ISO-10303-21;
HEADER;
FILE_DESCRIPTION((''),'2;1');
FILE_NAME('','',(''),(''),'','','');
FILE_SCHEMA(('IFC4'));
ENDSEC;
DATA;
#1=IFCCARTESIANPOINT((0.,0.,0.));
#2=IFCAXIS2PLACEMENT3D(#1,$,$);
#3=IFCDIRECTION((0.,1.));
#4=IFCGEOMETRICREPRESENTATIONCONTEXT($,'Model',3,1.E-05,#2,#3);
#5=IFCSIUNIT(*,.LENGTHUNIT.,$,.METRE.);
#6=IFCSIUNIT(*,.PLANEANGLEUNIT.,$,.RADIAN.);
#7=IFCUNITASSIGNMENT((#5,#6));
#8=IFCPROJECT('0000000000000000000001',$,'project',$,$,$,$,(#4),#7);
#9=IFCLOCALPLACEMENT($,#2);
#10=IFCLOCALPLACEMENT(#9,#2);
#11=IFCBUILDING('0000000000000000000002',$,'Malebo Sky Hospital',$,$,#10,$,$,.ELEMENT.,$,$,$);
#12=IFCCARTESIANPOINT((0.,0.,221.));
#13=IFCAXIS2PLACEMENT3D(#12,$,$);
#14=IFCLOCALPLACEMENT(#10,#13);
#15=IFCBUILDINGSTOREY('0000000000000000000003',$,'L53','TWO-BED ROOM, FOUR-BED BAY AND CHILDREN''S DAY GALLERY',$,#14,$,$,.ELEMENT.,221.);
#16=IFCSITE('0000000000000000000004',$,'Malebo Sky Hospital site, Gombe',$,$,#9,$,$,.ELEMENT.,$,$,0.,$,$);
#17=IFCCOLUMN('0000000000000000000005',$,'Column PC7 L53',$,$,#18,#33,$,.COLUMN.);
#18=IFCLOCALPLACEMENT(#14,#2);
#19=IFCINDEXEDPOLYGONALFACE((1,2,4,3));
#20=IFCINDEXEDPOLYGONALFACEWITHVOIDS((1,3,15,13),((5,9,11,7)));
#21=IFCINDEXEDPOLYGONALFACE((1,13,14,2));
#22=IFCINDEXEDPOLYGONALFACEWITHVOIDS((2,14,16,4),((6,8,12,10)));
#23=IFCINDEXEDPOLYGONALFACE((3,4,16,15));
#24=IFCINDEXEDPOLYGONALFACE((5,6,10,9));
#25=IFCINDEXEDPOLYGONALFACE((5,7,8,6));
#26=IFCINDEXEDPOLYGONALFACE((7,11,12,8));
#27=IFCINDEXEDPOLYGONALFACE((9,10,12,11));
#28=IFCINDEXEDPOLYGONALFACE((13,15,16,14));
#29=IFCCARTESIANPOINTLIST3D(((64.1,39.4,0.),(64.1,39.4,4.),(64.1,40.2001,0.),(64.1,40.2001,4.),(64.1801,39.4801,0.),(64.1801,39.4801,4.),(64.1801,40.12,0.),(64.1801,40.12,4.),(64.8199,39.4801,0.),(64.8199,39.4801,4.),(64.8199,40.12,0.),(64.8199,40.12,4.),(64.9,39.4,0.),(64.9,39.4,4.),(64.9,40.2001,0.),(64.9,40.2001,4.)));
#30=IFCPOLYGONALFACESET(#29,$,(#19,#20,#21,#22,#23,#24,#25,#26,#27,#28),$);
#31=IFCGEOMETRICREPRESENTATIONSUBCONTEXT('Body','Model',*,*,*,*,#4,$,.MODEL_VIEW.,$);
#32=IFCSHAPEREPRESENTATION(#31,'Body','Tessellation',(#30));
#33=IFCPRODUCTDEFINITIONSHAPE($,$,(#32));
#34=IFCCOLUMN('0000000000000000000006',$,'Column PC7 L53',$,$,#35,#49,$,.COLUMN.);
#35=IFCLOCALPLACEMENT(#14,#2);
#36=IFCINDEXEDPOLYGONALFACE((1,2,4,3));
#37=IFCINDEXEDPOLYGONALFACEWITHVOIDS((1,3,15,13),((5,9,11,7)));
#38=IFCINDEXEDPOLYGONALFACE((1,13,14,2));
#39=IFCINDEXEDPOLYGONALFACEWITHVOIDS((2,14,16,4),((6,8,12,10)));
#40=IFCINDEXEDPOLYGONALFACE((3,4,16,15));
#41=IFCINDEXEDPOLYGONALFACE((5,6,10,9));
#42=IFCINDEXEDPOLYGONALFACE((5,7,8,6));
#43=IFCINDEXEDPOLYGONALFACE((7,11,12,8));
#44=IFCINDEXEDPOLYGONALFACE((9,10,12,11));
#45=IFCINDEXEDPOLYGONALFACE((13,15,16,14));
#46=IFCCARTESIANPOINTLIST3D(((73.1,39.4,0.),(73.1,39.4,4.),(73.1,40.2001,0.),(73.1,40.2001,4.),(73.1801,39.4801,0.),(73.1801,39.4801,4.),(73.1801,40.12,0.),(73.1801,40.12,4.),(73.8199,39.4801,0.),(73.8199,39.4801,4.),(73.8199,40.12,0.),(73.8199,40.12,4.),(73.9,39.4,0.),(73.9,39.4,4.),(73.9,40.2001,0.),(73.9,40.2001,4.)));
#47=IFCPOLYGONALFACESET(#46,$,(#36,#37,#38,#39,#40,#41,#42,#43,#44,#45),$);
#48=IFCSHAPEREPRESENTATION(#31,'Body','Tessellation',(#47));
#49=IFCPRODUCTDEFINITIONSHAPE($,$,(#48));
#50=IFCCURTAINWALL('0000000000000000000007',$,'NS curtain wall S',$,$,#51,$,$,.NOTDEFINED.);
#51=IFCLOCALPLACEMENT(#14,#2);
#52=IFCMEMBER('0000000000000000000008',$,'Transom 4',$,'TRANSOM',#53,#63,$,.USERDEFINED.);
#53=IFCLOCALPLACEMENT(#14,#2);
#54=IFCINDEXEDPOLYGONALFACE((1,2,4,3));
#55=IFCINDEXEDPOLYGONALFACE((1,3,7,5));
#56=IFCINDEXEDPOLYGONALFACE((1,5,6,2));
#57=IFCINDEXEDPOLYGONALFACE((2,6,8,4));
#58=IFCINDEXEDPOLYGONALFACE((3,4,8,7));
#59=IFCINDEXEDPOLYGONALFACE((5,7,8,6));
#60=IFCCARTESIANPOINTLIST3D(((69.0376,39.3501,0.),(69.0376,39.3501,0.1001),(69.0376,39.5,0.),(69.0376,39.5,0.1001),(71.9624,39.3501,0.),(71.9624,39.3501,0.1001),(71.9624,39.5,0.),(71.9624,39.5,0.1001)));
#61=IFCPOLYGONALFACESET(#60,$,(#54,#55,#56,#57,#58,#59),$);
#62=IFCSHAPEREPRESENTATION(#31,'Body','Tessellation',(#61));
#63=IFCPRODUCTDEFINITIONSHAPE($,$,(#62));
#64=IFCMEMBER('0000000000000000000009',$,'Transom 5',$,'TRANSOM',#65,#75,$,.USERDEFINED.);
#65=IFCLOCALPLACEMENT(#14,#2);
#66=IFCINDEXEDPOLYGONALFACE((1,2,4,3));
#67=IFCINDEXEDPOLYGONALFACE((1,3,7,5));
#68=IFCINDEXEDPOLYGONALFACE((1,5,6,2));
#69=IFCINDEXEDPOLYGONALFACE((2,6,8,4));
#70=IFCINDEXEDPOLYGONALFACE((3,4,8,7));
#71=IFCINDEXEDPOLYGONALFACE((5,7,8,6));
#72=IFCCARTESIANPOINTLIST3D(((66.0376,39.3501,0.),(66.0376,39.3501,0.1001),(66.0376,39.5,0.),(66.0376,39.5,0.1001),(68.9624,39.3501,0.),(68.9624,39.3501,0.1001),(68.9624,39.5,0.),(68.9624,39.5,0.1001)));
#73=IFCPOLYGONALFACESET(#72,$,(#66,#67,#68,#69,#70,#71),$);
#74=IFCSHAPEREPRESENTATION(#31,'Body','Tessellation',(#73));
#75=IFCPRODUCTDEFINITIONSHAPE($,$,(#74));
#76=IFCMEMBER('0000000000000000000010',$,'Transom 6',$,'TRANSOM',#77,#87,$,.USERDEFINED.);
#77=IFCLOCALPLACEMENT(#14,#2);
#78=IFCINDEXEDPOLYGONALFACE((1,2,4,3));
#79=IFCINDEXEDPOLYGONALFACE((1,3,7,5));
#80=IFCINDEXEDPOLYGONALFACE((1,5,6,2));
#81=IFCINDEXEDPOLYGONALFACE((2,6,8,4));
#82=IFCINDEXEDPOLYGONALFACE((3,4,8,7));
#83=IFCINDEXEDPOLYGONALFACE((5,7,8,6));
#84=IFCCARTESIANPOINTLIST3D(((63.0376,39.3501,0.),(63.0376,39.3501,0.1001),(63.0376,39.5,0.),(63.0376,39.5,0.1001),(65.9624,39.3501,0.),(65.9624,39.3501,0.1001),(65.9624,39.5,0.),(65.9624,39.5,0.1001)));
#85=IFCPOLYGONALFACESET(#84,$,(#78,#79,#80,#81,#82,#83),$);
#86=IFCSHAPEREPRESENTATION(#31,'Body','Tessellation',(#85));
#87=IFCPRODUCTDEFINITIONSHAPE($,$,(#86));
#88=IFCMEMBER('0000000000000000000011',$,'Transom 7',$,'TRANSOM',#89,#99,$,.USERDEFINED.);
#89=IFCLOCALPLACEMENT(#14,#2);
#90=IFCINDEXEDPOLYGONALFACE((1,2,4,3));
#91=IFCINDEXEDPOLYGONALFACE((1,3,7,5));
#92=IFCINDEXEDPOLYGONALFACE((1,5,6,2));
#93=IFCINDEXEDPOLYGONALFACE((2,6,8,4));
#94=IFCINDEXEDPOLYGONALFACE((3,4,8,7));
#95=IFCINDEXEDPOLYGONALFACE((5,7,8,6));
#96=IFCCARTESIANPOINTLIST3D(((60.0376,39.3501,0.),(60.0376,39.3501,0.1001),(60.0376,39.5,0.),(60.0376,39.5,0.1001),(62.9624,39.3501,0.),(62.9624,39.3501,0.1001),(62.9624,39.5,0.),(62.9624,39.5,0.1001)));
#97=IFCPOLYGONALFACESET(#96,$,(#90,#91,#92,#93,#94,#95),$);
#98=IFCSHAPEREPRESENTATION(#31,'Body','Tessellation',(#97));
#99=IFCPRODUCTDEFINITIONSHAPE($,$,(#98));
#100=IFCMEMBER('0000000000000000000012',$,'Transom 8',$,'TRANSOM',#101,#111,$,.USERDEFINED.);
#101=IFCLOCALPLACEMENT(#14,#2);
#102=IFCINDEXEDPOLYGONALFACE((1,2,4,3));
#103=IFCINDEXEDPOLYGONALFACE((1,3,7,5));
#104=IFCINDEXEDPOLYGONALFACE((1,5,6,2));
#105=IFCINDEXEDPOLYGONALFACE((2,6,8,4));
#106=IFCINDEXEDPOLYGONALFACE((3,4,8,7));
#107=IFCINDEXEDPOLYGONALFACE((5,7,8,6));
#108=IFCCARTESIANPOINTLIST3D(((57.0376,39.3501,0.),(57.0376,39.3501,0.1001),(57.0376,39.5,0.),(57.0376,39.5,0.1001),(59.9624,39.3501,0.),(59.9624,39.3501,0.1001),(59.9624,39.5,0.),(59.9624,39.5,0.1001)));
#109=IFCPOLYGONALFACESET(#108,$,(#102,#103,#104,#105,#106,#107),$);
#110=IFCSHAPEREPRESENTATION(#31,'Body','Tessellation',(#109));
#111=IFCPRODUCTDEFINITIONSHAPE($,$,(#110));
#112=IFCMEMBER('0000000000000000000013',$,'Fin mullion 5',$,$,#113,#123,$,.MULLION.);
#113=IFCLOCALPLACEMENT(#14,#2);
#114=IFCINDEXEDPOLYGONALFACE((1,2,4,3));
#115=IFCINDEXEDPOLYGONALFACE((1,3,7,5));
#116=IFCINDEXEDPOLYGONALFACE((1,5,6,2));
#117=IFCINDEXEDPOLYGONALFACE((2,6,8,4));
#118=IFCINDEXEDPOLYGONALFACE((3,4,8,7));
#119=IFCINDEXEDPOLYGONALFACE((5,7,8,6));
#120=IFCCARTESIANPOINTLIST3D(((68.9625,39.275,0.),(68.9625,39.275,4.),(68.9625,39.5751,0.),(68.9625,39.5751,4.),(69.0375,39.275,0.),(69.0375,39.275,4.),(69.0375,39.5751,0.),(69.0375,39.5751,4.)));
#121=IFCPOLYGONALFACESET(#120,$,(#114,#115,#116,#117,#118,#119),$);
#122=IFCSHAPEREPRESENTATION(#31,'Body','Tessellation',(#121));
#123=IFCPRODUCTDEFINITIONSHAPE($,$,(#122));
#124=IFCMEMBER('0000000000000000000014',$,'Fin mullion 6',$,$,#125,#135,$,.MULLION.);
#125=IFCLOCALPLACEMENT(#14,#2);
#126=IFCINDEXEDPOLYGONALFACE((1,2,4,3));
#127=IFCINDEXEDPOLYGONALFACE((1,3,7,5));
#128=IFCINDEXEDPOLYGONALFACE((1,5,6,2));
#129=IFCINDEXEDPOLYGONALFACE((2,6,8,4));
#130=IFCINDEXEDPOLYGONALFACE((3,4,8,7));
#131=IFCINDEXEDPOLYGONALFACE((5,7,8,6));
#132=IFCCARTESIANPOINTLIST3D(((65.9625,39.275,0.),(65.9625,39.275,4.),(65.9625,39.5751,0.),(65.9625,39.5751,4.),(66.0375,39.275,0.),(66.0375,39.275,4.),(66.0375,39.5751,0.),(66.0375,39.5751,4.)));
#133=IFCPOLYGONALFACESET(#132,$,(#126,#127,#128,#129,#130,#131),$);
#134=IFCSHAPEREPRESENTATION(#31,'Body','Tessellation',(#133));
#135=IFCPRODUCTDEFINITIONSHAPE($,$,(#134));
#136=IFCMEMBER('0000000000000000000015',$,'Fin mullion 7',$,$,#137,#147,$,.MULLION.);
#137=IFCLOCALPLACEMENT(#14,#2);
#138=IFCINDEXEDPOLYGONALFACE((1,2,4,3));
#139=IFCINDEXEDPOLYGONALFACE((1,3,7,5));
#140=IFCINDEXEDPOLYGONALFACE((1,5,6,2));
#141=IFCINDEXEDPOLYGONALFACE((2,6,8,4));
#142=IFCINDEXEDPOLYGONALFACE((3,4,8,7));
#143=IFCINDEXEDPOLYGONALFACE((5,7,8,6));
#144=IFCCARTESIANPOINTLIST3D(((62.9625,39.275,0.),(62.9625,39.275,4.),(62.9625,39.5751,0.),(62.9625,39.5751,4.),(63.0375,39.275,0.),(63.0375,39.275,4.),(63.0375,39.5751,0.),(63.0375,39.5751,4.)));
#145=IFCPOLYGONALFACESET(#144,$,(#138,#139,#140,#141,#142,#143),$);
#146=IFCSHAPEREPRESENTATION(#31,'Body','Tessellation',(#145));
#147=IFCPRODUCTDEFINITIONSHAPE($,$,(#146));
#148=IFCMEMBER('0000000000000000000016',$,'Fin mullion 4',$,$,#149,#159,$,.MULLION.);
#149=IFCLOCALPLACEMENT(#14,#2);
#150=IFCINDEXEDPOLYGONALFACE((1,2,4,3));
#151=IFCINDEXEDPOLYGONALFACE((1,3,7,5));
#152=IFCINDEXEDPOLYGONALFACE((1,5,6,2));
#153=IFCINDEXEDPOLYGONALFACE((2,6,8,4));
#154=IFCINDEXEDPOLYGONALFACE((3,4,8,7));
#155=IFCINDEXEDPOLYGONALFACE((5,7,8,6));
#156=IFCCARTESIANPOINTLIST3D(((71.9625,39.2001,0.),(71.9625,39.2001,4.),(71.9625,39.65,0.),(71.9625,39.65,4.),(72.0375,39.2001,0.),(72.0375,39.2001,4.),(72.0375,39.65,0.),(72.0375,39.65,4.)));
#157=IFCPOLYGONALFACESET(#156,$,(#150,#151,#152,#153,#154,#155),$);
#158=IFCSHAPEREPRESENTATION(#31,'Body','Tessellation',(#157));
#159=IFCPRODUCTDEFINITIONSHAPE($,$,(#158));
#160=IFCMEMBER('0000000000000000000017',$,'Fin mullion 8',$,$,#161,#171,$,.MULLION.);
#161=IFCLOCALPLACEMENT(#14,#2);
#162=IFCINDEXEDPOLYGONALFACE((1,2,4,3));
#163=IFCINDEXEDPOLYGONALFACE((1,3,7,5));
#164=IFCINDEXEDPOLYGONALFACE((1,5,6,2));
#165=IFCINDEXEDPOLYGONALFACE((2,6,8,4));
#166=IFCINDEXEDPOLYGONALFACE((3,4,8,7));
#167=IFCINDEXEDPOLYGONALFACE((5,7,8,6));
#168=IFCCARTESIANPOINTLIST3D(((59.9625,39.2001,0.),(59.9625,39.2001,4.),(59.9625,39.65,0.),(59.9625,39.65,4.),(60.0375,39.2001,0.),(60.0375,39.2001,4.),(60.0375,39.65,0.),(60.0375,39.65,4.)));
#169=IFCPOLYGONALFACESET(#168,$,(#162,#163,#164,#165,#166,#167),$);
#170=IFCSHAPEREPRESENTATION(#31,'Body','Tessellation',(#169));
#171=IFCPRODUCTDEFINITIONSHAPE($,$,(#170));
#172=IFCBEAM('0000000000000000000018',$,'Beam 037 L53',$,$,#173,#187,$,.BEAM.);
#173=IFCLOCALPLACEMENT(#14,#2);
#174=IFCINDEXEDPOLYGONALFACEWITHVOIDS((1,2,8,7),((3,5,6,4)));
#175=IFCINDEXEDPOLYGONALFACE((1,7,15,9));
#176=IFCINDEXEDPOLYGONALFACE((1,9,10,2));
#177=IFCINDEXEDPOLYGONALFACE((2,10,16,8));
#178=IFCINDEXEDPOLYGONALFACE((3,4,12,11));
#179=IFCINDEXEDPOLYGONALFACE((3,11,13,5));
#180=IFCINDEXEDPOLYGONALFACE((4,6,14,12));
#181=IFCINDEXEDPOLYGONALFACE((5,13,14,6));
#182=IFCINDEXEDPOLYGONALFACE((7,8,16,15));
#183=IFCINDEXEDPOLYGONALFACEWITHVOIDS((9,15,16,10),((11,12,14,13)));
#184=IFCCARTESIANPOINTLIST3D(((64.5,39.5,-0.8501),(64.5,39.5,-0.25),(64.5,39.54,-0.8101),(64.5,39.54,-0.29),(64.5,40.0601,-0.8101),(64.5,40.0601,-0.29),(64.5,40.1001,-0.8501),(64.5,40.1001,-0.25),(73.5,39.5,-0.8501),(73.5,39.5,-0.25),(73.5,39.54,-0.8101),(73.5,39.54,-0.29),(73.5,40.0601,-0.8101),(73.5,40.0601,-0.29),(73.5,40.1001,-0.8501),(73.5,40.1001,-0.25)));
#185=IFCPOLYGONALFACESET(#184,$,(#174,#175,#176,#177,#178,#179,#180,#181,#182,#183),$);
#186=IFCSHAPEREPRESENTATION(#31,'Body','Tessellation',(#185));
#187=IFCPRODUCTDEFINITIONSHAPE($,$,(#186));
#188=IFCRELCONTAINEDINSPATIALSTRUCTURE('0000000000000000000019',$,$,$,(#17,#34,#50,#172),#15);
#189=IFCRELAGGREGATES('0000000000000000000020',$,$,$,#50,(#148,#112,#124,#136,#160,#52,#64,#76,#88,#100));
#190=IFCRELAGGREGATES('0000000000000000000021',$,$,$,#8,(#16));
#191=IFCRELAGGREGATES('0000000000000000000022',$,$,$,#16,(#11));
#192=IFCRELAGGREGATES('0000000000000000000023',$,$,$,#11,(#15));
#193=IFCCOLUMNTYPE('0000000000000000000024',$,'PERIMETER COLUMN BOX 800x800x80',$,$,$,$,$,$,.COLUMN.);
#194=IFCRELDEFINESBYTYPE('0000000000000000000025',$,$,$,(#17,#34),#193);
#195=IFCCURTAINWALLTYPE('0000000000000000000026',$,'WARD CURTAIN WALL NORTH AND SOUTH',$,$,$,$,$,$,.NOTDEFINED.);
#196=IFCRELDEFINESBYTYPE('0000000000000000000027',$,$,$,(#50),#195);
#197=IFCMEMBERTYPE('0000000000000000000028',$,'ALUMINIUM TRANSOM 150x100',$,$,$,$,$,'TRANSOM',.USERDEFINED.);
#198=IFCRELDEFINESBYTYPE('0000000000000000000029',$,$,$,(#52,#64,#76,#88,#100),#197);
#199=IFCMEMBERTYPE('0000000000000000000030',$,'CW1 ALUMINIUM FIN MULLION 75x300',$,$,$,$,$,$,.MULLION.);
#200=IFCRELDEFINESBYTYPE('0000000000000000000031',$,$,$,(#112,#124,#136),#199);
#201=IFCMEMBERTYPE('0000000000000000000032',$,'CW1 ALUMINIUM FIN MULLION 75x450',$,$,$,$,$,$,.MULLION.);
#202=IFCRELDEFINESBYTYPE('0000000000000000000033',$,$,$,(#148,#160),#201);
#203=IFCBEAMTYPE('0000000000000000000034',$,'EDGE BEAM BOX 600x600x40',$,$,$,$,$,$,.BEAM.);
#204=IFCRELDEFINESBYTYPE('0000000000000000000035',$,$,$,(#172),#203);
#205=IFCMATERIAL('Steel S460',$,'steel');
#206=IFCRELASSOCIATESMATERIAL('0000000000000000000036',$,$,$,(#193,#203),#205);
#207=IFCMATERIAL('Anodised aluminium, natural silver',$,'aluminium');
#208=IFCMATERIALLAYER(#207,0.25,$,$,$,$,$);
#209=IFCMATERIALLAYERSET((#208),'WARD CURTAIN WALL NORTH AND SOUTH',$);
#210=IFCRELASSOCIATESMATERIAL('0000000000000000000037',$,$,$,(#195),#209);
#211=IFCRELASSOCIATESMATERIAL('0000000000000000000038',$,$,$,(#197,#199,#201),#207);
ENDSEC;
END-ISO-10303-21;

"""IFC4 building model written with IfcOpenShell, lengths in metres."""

from ifc_helpers import new_model, si_unit, direction, frame, origin, origin_2d, place, context, subcontext, project, spatial, rectangle, hollow_rectangle, extrude, material, layer, layer_set, material_profile, profile_set, type_object, element, aggregate, save


model = new_model("IFC4")

# Units and contexts
model_context = context("Model", 3, precision=1e-05, world=origin(), true_north=direction((0.0, 1.0)))
body_context = subcontext(model_context, "Body", "Model", "MODEL_VIEW")
ifc_project = project(units=[si_unit("LENGTHUNIT", "METRE"), si_unit("PLANEANGLEUNIT", "RADIAN")], contexts=[model_context])

# Site, building, storey
site_placement = place(None, origin())
site = spatial("IfcSite", under=ifc_project, at=site_placement, Name="Malebo Sky Hospital site, Gombe", CompositionType="ELEMENT", RefElevation=0.0)
building_placement = place(site_placement, origin())
building = spatial("IfcBuilding", under=site, at=building_placement, Name="Malebo Sky Hospital", CompositionType="ELEMENT")
storey_placement = place(building_placement, frame((0.0, 0.0, 221.0)))
storey = spatial("IfcBuildingStorey", under=building, at=storey_placement, Name="L53", Description="TWO-BED ROOM, FOUR-BED BAY AND CHILDREN'S DAY GALLERY", CompositionType="ELEMENT", Elevation=221.0)

# Columns
ifc_material_1 = material(Name="Steel S460", Category="steel")
ifc_material_profile_1 = material_profile(ifc_material_1, hollow_rectangle(XDim=0.8, YDim=0.8, WallThickness=0.0801, at=origin_2d()), Name="BOX 800x800x80")
ifc_profile_set_1 = profile_set([ifc_material_profile_1], Name="Steel S460")
column_type = type_object("IfcColumnType", Name="PERIMETER COLUMN BOX 800x800x80", PredefinedType="COLUMN", material=ifc_profile_set_1)
for number, where, z_axis, x_axis, name in (
    (1, (64.5, 39.8, 0.0), (0.0, 0.0, 1.0), (1.0, 0.0, 0.0), "Column PC7 L53"),
    (2, (73.5, 39.8, 0.0), (0.0, 0.0, 1.0), (1.0, 0.0, 0.0), "Column PC7 L53"),
):
    element("IfcColumn", number, at=place(storey_placement, frame(where, z_axis=z_axis, x_axis=x_axis)), inside=storey, type_object=column_type, Name=name, PredefinedType="COLUMN", context=body_context, shape_type="SweptSolid", body=[
        extrude(hollow_rectangle(XDim=0.8, YDim=0.8, WallThickness=0.0801, at=origin_2d()), origin(), (0.0, 0.0, 1.0), 4.0),
    ])

# Curtain wall, members
ifc_material_2 = material(Name="Anodised aluminium, natural silver", Category="aluminium")
ifc_layer_1 = layer(ifc_material_2, 0.25)
ifc_layer_set_1 = layer_set([ifc_layer_1], Name="WARD CURTAIN WALL NORTH AND SOUTH")
curtain_wall_type = type_object("IfcCurtainWallType", Name="WARD CURTAIN WALL NORTH AND SOUTH", PredefinedType="NOTDEFINED", material=ifc_layer_set_1)
curtain_wall_placement = place(storey_placement, origin())
curtain_wall = element("IfcCurtainWall", 3, at=curtain_wall_placement, inside=storey, type_object=curtain_wall_type, Name="NS curtain wall S", PredefinedType="NOTDEFINED")
ifc_material_profile_2 = material_profile(ifc_material_2, rectangle(XDim=0.1499, YDim=0.1001, at=origin_2d()), Name="ALUMINIUM TRANSOM 150x100")
ifc_profile_set_2 = profile_set([ifc_material_profile_2], Name="Anodised aluminium, natural silver")
member_type_1 = type_object("IfcMemberType", Name="ALUMINIUM TRANSOM 150x100", ElementType="TRANSOM", PredefinedType="USERDEFINED", material=ifc_profile_set_2)
member_1_placement = place(storey_placement, frame((71.9624, 39.425, 0.05), z_axis=(-1.0, 0.0, 0.0), x_axis=(0.0, -1.0, 0.0)))
member_1 = element("IfcMember", 4, at=member_1_placement, type_object=member_type_1, Name="Transom 4", ObjectType="TRANSOM", PredefinedType="USERDEFINED", context=body_context, shape_type="SweptSolid", body=[
    extrude(rectangle(XDim=0.1499, YDim=0.1001, at=origin_2d()), origin(), (0.0, 0.0, 1.0), 2.9248),
])
member_2_placement = place(storey_placement, frame((68.9624, 39.425, 0.05), z_axis=(-1.0, 0.0, 0.0), x_axis=(0.0, -1.0, 0.0)))
member_2 = element("IfcMember", 5, at=member_2_placement, type_object=member_type_1, Name="Transom 5", ObjectType="TRANSOM", PredefinedType="USERDEFINED", context=body_context, shape_type="SweptSolid", body=[
    extrude(rectangle(XDim=0.1499, YDim=0.1001, at=origin_2d()), origin(), (0.0, 0.0, 1.0), 2.9248),
])
member_3_placement = place(storey_placement, frame((65.9624, 39.425, 0.05), z_axis=(-1.0, 0.0, 0.0), x_axis=(0.0, -1.0, 0.0)))
member_3 = element("IfcMember", 6, at=member_3_placement, type_object=member_type_1, Name="Transom 6", ObjectType="TRANSOM", PredefinedType="USERDEFINED", context=body_context, shape_type="SweptSolid", body=[
    extrude(rectangle(XDim=0.1499, YDim=0.1001, at=origin_2d()), origin(), (0.0, 0.0, 1.0), 2.9248),
])
member_4_placement = place(storey_placement, frame((62.9624, 39.425, 0.05), z_axis=(-1.0, 0.0, 0.0), x_axis=(0.0, -1.0, 0.0)))
member_4 = element("IfcMember", 7, at=member_4_placement, type_object=member_type_1, Name="Transom 7", ObjectType="TRANSOM", PredefinedType="USERDEFINED", context=body_context, shape_type="SweptSolid", body=[
    extrude(rectangle(XDim=0.1499, YDim=0.1001, at=origin_2d()), origin(), (0.0, 0.0, 1.0), 2.9248),
])
member_5_placement = place(storey_placement, frame((59.9624, 39.425, 0.05), z_axis=(-1.0, 0.0, 0.0), x_axis=(0.0, -1.0, 0.0)))
member_5 = element("IfcMember", 8, at=member_5_placement, type_object=member_type_1, Name="Transom 8", ObjectType="TRANSOM", PredefinedType="USERDEFINED", context=body_context, shape_type="SweptSolid", body=[
    extrude(rectangle(XDim=0.1499, YDim=0.1001, at=origin_2d()), origin(), (0.0, 0.0, 1.0), 2.9248),
])
ifc_material_profile_3 = material_profile(ifc_material_2, rectangle(XDim=0.075, YDim=0.3, at=origin_2d()), Name="CW1 ALUMINIUM FIN MULLION 75x300")
ifc_profile_set_3 = profile_set([ifc_material_profile_3], Name="Anodised aluminium, natural silver")
member_type_2 = type_object("IfcMemberType", Name="CW1 ALUMINIUM FIN MULLION 75x300", PredefinedType="MULLION", material=ifc_profile_set_3)
member_6_placement = place(storey_placement, frame((69.0, 39.425, 0.0), z_axis=(0.0, 0.0, 1.0), x_axis=(-1.0, 0.0, 0.0)))
member_6 = element("IfcMember", 9, at=member_6_placement, type_object=member_type_2, Name="Fin mullion 5", PredefinedType="MULLION", context=body_context, shape_type="SweptSolid", body=[
    extrude(rectangle(XDim=0.075, YDim=0.3, at=origin_2d()), origin(), (0.0, 0.0, 1.0), 4.0),
])
member_7_placement = place(storey_placement, frame((66.0, 39.425, 0.0), z_axis=(0.0, 0.0, 1.0), x_axis=(-1.0, 0.0, 0.0)))
member_7 = element("IfcMember", 10, at=member_7_placement, type_object=member_type_2, Name="Fin mullion 6", PredefinedType="MULLION", context=body_context, shape_type="SweptSolid", body=[
    extrude(rectangle(XDim=0.075, YDim=0.3, at=origin_2d()), origin(), (0.0, 0.0, 1.0), 4.0),
])
member_8_placement = place(storey_placement, frame((63.0, 39.425, 0.0), z_axis=(0.0, 0.0, 1.0), x_axis=(-1.0, 0.0, 0.0)))
member_8 = element("IfcMember", 11, at=member_8_placement, type_object=member_type_2, Name="Fin mullion 7", PredefinedType="MULLION", context=body_context, shape_type="SweptSolid", body=[
    extrude(rectangle(XDim=0.075, YDim=0.3, at=origin_2d()), origin(), (0.0, 0.0, 1.0), 4.0),
])
ifc_material_profile_4 = material_profile(ifc_material_2, rectangle(XDim=0.075, YDim=0.45, at=origin_2d()), Name="CW1 ALUMINIUM FIN MULLION 75x450")
ifc_profile_set_4 = profile_set([ifc_material_profile_4], Name="Anodised aluminium, natural silver")
member_type_3 = type_object("IfcMemberType", Name="CW1 ALUMINIUM FIN MULLION 75x450", PredefinedType="MULLION", material=ifc_profile_set_4)
member_9_placement = place(storey_placement, frame((72.0, 39.425, 0.0), z_axis=(0.0, 0.0, 1.0), x_axis=(-1.0, 0.0, 0.0)))
member_9 = element("IfcMember", 12, at=member_9_placement, type_object=member_type_3, Name="Fin mullion 4", PredefinedType="MULLION", context=body_context, shape_type="SweptSolid", body=[
    extrude(rectangle(XDim=0.075, YDim=0.45, at=origin_2d()), origin(), (0.0, 0.0, 1.0), 4.0),
])
member_10_placement = place(storey_placement, frame((60.0, 39.425, 0.0), z_axis=(0.0, 0.0, 1.0), x_axis=(-1.0, 0.0, 0.0)))
member_10 = element("IfcMember", 13, at=member_10_placement, type_object=member_type_3, Name="Fin mullion 8", PredefinedType="MULLION", context=body_context, shape_type="SweptSolid", body=[
    extrude(rectangle(XDim=0.075, YDim=0.45, at=origin_2d()), origin(), (0.0, 0.0, 1.0), 4.0),
])

# Beam
ifc_material_profile_5 = material_profile(ifc_material_1, hollow_rectangle(XDim=0.6001, YDim=0.6001, WallThickness=0.04, at=origin_2d()), Name="BOX 600x600x40")
ifc_profile_set_5 = profile_set([ifc_material_profile_5], Name="Steel S460")
beam_type_1 = type_object("IfcBeamType", Name="EDGE BEAM BOX 600x600x40", PredefinedType="BEAM", material=ifc_profile_set_5)
beam_1_placement = place(storey_placement, frame((64.5, 39.8, -0.55), z_axis=(1.0, 0.0, 0.0), x_axis=(0.0, 1.0, 0.0)))
element("IfcBeam", 14, at=beam_1_placement, inside=storey, type_object=beam_type_1, Name="Beam 037 L53", PredefinedType="BEAM", context=body_context, shape_type="SweptSolid", body=[
    extrude(hollow_rectangle(XDim=0.6001, YDim=0.6001, WallThickness=0.04, at=origin_2d()), origin(), (0.0, 0.0, 1.0), 9.0),
])

aggregate(curtain_wall, [member_9, member_6, member_7, member_8, member_10, member_1, member_2, member_3, member_4, member_5])

save(model, "model.ifc")
